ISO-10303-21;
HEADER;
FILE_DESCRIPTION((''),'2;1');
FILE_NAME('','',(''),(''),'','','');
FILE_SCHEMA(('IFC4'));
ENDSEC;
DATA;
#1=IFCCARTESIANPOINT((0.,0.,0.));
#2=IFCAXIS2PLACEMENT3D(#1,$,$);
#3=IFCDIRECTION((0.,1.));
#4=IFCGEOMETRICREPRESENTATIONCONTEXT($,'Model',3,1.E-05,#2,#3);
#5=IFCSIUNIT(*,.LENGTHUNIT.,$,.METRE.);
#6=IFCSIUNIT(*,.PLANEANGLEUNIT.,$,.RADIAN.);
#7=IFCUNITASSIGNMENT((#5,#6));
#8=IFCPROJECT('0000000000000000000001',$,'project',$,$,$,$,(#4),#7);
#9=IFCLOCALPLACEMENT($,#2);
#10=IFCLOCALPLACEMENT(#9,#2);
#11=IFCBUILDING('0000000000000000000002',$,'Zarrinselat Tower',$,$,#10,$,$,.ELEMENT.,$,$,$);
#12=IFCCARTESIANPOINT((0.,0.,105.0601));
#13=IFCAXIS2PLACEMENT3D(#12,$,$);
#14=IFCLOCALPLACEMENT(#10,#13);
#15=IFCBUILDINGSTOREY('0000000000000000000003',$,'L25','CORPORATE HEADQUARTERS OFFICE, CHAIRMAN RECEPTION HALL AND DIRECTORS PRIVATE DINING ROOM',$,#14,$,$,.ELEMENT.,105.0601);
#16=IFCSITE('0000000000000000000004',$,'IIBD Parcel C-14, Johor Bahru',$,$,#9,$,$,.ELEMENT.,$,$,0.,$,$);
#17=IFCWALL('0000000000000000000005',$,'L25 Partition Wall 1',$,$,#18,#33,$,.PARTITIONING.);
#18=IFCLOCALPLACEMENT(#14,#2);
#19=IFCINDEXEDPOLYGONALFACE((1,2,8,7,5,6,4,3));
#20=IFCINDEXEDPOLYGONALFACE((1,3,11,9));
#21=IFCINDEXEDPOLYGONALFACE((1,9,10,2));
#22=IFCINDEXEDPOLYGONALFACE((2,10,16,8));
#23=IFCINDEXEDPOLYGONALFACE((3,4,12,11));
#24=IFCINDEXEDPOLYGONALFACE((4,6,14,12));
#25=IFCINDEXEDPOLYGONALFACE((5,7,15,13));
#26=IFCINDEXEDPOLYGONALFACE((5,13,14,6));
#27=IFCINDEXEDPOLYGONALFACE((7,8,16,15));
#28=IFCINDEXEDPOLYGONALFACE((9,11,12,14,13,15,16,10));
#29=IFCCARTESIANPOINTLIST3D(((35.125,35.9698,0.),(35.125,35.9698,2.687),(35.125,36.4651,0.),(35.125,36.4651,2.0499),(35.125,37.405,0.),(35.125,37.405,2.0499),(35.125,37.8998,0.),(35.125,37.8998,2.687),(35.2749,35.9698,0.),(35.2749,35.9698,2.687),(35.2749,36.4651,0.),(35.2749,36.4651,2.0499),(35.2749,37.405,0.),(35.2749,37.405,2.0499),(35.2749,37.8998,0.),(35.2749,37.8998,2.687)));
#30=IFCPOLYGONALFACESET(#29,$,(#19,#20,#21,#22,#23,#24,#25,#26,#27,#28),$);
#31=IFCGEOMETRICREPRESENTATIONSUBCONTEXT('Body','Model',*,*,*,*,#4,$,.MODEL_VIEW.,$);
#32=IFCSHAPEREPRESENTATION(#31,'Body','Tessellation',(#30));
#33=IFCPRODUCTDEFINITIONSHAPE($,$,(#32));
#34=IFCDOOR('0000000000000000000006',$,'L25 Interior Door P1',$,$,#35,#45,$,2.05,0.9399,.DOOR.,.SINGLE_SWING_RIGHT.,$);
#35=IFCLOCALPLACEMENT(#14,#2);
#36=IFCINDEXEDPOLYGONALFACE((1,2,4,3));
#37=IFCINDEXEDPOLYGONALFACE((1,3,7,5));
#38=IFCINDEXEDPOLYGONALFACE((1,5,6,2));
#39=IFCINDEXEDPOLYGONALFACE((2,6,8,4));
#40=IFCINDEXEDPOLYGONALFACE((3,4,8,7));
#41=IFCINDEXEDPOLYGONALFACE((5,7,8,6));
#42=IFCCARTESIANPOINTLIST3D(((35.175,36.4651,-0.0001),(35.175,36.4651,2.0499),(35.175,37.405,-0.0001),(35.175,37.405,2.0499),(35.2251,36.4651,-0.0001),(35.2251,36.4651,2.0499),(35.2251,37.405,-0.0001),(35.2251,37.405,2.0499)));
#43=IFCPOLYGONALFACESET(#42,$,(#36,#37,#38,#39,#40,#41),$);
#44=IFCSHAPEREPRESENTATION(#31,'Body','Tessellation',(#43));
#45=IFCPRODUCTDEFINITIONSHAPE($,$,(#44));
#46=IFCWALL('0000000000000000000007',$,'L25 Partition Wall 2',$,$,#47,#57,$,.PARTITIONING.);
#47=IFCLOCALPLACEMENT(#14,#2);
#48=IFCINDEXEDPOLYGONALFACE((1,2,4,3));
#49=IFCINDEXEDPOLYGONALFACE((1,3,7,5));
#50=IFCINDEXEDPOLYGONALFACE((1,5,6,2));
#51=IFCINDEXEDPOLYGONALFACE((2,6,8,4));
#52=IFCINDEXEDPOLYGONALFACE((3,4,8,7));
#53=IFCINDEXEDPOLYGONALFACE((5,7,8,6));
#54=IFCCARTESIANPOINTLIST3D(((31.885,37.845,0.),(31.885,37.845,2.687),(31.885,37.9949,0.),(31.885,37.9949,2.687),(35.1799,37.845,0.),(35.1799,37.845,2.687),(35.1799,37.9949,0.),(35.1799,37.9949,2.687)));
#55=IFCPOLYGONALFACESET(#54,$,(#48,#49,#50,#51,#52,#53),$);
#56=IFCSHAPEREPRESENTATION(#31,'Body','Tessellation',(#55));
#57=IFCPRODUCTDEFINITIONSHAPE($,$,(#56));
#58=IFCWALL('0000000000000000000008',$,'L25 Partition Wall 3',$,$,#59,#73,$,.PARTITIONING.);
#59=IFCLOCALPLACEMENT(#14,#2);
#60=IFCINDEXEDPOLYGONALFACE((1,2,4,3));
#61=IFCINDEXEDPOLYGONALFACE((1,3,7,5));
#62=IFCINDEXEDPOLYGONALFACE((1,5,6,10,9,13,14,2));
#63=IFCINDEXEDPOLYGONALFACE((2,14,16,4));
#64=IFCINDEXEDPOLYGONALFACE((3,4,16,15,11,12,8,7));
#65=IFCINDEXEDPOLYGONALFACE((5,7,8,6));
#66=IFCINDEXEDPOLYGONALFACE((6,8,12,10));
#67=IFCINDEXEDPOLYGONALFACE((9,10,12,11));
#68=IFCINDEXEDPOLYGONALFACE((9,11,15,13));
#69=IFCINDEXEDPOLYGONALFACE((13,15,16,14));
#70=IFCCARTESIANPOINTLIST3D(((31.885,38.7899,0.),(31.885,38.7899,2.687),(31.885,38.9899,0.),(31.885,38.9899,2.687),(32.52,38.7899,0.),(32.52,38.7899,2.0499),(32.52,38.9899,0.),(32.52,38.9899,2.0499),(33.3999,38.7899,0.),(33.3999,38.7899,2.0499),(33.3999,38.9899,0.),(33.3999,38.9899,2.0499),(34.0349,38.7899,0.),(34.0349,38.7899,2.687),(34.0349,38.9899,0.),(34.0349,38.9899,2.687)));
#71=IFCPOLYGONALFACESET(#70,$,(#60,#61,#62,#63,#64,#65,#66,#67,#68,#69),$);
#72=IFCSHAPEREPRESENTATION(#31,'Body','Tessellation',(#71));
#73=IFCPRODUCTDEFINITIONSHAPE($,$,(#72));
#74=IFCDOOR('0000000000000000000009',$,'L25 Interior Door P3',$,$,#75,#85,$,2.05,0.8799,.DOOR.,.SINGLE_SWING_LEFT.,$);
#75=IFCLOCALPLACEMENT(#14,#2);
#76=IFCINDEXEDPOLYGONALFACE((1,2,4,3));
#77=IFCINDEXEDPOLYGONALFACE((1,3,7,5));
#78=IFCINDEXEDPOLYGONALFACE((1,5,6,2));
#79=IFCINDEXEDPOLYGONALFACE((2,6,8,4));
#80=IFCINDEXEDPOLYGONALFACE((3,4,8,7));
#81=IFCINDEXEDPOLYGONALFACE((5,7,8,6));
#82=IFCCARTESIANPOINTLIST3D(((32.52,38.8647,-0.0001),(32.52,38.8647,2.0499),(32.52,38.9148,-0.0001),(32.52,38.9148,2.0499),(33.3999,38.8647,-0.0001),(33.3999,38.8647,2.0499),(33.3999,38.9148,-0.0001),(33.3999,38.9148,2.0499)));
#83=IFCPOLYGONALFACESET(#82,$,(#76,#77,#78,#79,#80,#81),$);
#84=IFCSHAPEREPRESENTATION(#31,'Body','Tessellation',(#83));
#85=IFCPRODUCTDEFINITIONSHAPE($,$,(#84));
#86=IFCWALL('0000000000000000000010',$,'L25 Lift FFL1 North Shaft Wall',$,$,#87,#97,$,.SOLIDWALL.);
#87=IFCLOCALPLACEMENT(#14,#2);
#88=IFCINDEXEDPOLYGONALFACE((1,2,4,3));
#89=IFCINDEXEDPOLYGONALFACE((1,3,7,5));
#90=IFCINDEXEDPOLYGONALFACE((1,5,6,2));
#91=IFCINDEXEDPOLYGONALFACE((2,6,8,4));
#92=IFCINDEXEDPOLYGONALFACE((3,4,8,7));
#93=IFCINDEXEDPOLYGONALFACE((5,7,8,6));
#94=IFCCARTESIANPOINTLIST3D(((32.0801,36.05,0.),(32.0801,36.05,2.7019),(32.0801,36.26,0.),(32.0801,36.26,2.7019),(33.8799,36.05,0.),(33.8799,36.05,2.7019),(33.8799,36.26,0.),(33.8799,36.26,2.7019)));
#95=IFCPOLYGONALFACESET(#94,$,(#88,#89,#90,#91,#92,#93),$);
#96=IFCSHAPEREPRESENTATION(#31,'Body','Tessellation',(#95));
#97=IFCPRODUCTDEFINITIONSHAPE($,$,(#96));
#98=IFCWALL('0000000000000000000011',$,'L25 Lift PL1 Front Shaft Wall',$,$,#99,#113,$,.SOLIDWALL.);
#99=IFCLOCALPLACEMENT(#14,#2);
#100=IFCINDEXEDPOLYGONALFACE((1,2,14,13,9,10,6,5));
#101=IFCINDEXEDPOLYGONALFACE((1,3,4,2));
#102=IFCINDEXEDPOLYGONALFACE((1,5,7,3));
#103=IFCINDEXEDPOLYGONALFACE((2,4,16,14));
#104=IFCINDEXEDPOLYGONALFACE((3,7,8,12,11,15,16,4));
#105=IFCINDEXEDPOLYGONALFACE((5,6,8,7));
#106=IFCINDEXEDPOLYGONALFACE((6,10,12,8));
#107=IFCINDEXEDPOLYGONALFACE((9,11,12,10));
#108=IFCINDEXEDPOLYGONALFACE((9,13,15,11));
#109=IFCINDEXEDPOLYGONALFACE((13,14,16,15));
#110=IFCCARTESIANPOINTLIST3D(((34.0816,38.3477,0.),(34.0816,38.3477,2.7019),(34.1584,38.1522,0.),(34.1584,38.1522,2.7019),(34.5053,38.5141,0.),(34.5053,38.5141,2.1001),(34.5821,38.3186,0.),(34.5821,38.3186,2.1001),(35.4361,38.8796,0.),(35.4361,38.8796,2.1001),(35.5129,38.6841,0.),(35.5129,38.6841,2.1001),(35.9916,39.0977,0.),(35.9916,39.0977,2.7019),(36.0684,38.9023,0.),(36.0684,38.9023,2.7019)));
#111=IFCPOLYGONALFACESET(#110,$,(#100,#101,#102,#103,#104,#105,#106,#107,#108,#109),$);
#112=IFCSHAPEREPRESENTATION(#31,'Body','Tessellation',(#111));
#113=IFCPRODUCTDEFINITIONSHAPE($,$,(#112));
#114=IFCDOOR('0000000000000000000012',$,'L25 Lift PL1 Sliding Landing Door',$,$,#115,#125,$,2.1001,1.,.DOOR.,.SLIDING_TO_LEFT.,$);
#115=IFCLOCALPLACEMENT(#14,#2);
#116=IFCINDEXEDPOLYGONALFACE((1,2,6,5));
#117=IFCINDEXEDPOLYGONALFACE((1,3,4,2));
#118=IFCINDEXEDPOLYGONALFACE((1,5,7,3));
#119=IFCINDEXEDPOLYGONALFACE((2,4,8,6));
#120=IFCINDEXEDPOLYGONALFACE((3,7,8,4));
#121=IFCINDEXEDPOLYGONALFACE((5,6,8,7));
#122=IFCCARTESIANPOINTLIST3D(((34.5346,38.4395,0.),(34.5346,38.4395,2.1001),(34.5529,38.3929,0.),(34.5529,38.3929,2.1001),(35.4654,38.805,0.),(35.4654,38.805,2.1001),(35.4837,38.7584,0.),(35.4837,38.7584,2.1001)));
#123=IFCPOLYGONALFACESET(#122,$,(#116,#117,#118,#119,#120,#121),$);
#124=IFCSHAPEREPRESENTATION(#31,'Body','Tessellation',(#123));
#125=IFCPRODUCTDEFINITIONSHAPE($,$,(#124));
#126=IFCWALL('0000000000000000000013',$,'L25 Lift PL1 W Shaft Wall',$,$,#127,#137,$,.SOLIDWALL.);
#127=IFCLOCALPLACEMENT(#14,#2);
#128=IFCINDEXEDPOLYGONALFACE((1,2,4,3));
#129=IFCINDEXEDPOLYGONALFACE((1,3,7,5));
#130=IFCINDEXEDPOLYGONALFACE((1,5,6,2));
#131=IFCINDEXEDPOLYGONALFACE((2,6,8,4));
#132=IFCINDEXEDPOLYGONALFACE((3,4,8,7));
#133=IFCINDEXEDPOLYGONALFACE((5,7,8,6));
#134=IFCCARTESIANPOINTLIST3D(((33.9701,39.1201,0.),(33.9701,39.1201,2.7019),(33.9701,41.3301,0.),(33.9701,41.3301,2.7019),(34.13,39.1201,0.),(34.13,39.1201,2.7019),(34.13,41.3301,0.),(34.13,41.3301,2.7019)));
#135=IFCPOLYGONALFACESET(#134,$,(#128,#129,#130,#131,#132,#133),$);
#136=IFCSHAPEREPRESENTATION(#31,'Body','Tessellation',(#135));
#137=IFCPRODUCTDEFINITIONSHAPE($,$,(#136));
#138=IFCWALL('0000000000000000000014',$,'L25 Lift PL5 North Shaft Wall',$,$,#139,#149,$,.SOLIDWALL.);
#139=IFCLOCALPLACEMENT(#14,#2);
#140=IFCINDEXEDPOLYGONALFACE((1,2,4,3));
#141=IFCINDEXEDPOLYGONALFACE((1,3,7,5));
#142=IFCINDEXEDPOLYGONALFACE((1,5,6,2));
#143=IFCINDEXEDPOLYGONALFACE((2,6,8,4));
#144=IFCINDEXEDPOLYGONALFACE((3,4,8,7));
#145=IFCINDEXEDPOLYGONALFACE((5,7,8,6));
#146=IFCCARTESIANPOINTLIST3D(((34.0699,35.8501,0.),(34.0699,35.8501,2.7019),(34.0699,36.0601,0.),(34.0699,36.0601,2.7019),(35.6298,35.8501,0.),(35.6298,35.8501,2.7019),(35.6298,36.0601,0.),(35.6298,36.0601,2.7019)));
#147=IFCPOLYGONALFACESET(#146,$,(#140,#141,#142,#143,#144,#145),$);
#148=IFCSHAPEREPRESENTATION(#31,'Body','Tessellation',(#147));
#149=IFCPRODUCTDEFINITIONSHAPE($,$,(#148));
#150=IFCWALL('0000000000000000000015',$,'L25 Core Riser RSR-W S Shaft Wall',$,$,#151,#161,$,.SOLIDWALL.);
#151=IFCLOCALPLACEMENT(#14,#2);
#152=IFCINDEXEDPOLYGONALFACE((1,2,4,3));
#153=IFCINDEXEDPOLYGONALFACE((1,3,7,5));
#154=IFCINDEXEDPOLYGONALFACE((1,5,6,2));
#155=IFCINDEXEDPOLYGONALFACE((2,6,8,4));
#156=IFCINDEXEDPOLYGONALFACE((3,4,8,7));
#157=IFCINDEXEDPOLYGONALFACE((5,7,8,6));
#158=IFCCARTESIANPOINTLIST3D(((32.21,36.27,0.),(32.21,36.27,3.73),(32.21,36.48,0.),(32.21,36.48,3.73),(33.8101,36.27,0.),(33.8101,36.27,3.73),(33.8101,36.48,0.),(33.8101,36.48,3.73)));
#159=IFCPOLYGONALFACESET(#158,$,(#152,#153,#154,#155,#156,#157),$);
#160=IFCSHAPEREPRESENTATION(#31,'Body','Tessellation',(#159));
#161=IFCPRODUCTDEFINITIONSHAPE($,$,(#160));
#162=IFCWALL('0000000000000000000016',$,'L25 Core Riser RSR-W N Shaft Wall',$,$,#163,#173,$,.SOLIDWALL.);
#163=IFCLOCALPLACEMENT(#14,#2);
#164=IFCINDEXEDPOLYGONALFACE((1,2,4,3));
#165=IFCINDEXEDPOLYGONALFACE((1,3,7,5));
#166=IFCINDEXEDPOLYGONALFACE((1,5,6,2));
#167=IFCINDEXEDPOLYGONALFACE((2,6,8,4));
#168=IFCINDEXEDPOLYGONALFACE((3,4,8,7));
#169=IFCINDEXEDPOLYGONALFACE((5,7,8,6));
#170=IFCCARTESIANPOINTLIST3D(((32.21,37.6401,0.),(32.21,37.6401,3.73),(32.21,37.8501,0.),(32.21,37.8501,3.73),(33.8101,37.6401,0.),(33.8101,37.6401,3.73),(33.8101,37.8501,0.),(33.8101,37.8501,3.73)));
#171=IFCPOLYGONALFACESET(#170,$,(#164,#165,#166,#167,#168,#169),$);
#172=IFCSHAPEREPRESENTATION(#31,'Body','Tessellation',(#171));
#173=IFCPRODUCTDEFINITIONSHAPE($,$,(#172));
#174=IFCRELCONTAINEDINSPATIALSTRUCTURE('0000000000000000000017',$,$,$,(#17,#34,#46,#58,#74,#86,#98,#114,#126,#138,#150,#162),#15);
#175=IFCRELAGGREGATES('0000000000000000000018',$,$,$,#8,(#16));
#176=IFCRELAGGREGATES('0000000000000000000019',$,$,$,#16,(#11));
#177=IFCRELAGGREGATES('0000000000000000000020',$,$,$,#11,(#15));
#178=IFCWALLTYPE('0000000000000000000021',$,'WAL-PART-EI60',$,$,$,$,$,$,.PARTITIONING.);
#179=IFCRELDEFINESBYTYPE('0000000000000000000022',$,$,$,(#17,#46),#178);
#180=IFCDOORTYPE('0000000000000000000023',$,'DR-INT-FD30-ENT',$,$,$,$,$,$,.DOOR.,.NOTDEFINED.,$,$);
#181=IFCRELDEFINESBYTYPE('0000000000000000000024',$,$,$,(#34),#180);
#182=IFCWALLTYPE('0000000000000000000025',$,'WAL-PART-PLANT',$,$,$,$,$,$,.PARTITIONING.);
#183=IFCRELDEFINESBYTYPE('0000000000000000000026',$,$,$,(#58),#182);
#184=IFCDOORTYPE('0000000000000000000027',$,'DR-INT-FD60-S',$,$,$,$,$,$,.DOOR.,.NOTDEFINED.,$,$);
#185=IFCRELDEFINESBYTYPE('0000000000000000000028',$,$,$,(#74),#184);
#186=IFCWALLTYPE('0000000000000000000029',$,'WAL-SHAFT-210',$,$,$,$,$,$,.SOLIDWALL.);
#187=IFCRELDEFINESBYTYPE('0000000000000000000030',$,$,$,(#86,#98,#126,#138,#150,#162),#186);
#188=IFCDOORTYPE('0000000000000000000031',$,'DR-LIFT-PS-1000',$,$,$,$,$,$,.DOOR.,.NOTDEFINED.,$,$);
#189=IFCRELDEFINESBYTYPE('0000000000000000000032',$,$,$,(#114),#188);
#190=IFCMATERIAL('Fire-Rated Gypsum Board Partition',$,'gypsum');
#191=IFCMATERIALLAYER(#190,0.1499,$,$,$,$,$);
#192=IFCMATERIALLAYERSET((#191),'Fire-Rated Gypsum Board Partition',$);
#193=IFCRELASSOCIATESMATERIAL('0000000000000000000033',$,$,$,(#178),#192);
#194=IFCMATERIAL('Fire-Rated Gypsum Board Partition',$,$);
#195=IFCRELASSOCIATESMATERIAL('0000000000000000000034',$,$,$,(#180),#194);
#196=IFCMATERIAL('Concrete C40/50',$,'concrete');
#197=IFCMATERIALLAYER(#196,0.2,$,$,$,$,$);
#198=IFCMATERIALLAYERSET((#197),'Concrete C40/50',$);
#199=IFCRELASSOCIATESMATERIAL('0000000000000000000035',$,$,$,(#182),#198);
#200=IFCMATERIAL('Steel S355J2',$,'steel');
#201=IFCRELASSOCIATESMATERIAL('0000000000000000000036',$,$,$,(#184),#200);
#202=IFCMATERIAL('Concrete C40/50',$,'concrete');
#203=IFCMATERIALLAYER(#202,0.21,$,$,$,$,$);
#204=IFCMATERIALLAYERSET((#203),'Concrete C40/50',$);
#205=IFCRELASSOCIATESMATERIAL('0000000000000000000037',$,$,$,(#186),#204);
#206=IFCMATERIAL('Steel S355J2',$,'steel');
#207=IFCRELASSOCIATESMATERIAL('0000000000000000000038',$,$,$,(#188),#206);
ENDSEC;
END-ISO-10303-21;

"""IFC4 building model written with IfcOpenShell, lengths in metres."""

from ifc_helpers import new_model, si_unit, direction, frame, frame_2d, origin, place, context, subcontext, project, spatial, rectangle, extrude, material, layer, layer_set, type_object, element, fill, save


model = new_model("IFC4")

# Units and contexts
model_context = context("Model", 3, precision=1e-05, world=origin(), true_north=direction((0.0, 1.0)))
body_context = subcontext(model_context, "Body", "Model", "MODEL_VIEW")
ifc_project = project(units=[si_unit("LENGTHUNIT", "METRE"), si_unit("PLANEANGLEUNIT", "RADIAN")], contexts=[model_context])

# Site, building, storey
site_placement = place(None, origin())
site = spatial("IfcSite", under=ifc_project, at=site_placement, Name="IIBD Parcel C-14, Johor Bahru", CompositionType="ELEMENT", RefElevation=0.0)
building_placement = place(site_placement, origin())
building = spatial("IfcBuilding", under=site, at=building_placement, Name="Zarrinselat Tower", CompositionType="ELEMENT")
storey_placement = place(building_placement, frame((0.0, 0.0, 105.0601)))
storey = spatial("IfcBuildingStorey", under=building, at=storey_placement, Name="L25", Description="CORPORATE HEADQUARTERS OFFICE, CHAIRMAN RECEPTION HALL AND DIRECTORS PRIVATE DINING ROOM", CompositionType="ELEMENT", Elevation=105.0601)

# Wall, opening, door
ifc_material_1 = material(Name="Fire-Rated Gypsum Board Partition", Category="gypsum")
ifc_layer_1 = layer(ifc_material_1, 0.1499)
ifc_layer_set_1 = layer_set([ifc_layer_1], Name="Fire-Rated Gypsum Board Partition")
wall_type_1 = type_object("IfcWallType", Name="WAL-PART-EI60", PredefinedType="PARTITIONING", material=ifc_layer_set_1)
wall_1_placement = place(storey_placement, frame((35.2, 35.97, 0.0), z_axis=(0.0, 0.0, 1.0), x_axis=(0.0, 1.0, 0.0)))
wall_1 = element("IfcWall", 1, at=wall_1_placement, inside=storey, type_object=wall_type_1, Name="L25 Partition Wall 1", PredefinedType="PARTITIONING", context=body_context, shape_type="SweptSolid", body=[
    extrude(rectangle(XDim=1.9299, YDim=0.1499, at=frame_2d((0.9648, 0.0))), origin(), (0.0, 0.0, 1.0), 2.687),
])
opening_1_placement = place(wall_1_placement, frame((0.4951, 0.0, 0.0)))
opening_1 = element("IfcOpeningElement", 2, at=opening_1_placement, cuts=wall_1, PredefinedType="OPENING", context=body_context, shape_type="SweptSolid", body=[
    extrude(rectangle(XDim=0.9399, YDim=2.05, at=frame_2d((0.47, 1.0249))), frame((0.0, 0.085, 0.0), z_axis=(0.0, -1.0, 0.0), x_axis=(1.0, 0.0, 0.0)), (0.0, 0.0, 1.0), 0.1699),
])
ifc_material_2 = material(Name="Fire-Rated Gypsum Board Partition")
door_type_1 = type_object("IfcDoorType", Name="DR-INT-FD30-ENT", OperationType="NOTDEFINED", PredefinedType="DOOR", material=ifc_material_2)
door_1_placement = place(opening_1_placement, origin())
door_1 = element("IfcDoor", 3, at=door_1_placement, inside=storey, type_object=door_type_1, Name="L25 Interior Door P1", OperationType="SINGLE_SWING_RIGHT", OverallHeight=2.05, OverallWidth=0.9399, PredefinedType="DOOR", context=body_context, shape_type="SweptSolid", body=[
    extrude(rectangle(XDim=0.9399, YDim=2.05, at=frame_2d((0.47, 1.0249))), frame((0.0, 0.0249, 0.0), z_axis=(0.0, -1.0, 0.0), x_axis=(1.0, 0.0, 0.0)), (0.0, 0.0, 1.0), 0.05),
])
fill(opening_1, door_1)

# Wall
wall_2_placement = place(storey_placement, frame((31.885, 37.9199, 0.0), z_axis=(0.0, 0.0, 1.0), x_axis=(1.0, 0.0, 0.0)))
element("IfcWall", 4, at=wall_2_placement, inside=storey, type_object=wall_type_1, Name="L25 Partition Wall 2", PredefinedType="PARTITIONING", context=body_context, shape_type="SweptSolid", body=[
    extrude(rectangle(XDim=3.2949, YDim=0.1499, at=frame_2d((1.6475, 0.0))), origin(), (0.0, 0.0, 1.0), 2.687),
])

# Wall, opening, door
ifc_material_3 = material(Name="Concrete C40/50", Category="concrete")
ifc_layer_2 = layer(ifc_material_3, 0.2)
ifc_layer_set_2 = layer_set([ifc_layer_2], Name="Concrete C40/50")
wall_type_2 = type_object("IfcWallType", Name="WAL-PART-PLANT", PredefinedType="PARTITIONING", material=ifc_layer_set_2)
wall_3_placement = place(storey_placement, frame((31.885, 38.8899, 0.0), z_axis=(0.0, 0.0, 1.0), x_axis=(1.0, 0.0, 0.0)))
wall_3 = element("IfcWall", 5, at=wall_3_placement, inside=storey, type_object=wall_type_2, Name="L25 Partition Wall 3", PredefinedType="PARTITIONING", context=body_context, shape_type="SweptSolid", body=[
    extrude(rectangle(XDim=2.1499, YDim=0.2, at=frame_2d((1.075, 0.0))), origin(), (0.0, 0.0, 1.0), 2.687),
])
opening_2_placement = place(wall_3_placement, frame((0.635, 0.0, 0.0)))
opening_2 = element("IfcOpeningElement", 6, at=opening_2_placement, cuts=wall_3, PredefinedType="OPENING", context=body_context, shape_type="SweptSolid", body=[
    extrude(rectangle(XDim=0.8799, YDim=2.05, at=frame_2d((0.4399, 1.0249))), frame((0.0, 0.1099, 0.0), z_axis=(0.0, -1.0, 0.0), x_axis=(1.0, 0.0, 0.0)), (0.0, 0.0, 1.0), 0.22),
])
ifc_material_4 = material(Name="Steel S355J2", Category="steel")
door_type_2 = type_object("IfcDoorType", Name="DR-INT-FD60-S", OperationType="NOTDEFINED", PredefinedType="DOOR", material=ifc_material_4)
door_2_placement = place(opening_2_placement, origin())
door_2 = element("IfcDoor", 7, at=door_2_placement, inside=storey, type_object=door_type_2, Name="L25 Interior Door P3", OperationType="SINGLE_SWING_LEFT", OverallHeight=2.05, OverallWidth=0.8799, PredefinedType="DOOR", context=body_context, shape_type="SweptSolid", body=[
    extrude(rectangle(XDim=0.8799, YDim=2.05, at=frame_2d((0.4399, 1.0249))), frame((0.0, 0.0249, 0.0), z_axis=(0.0, -1.0, 0.0), x_axis=(1.0, 0.0, 0.0)), (0.0, 0.0, 1.0), 0.05),
])
fill(opening_2, door_2)

# Wall
ifc_material_5 = material(Name="Concrete C40/50", Category="concrete")
ifc_layer_3 = layer(ifc_material_5, 0.21)
ifc_layer_set_3 = layer_set([ifc_layer_3], Name="Concrete C40/50")
wall_type_3 = type_object("IfcWallType", Name="WAL-SHAFT-210", PredefinedType="SOLIDWALL", material=ifc_layer_set_3)
wall_4_placement = place(storey_placement, frame((32.0801, 36.155, 0.0), z_axis=(0.0, 0.0, 1.0), x_axis=(1.0, 0.0, 0.0)))
element("IfcWall", 8, at=wall_4_placement, inside=storey, type_object=wall_type_3, Name="L25 Lift FFL1 North Shaft Wall", PredefinedType="SOLIDWALL", context=body_context, shape_type="SweptSolid", body=[
    extrude(rectangle(XDim=1.7998, YDim=0.21, at=frame_2d((0.8999, 0.0))), origin(), (0.0, 0.0, 1.0), 2.7019),
])

# Wall, opening, door
wall_5_placement = place(storey_placement, frame((34.1201, 38.25, 0.0), z_axis=(0.0, 0.0, 1.0), x_axis=(0.930805, 0.365516, 0.0)))
wall_5 = element("IfcWall", 9, at=wall_5_placement, inside=storey, type_object=wall_type_3, Name="L25 Lift PL1 Front Shaft Wall", PredefinedType="SOLIDWALL", context=body_context, shape_type="SweptSolid", body=[
    extrude(rectangle(XDim=2.052, YDim=0.21, at=frame_2d((1.0259, 0.0))), origin(), (0.0, 0.0, 1.0), 2.7019),
])
opening_3_placement = place(wall_5_placement, frame((0.4551, 0.0, 0.0)))
opening_3 = element("IfcOpeningElement", 10, at=opening_3_placement, cuts=wall_5, PredefinedType="OPENING", context=body_context, shape_type="SweptSolid", body=[
    extrude(rectangle(XDim=1.0, YDim=2.1001, at=frame_2d((0.5, 1.05))), frame((0.0, 0.115, 0.0), z_axis=(0.0, -1.0, 0.0), x_axis=(1.0, 0.0, 0.0)), (0.0, 0.0, 1.0), 0.23),
])
ifc_material_6 = material(Name="Steel S355J2", Category="steel")
door_type_3 = type_object("IfcDoorType", Name="DR-LIFT-PS-1000", OperationType="NOTDEFINED", PredefinedType="DOOR", material=ifc_material_6)
door_3_placement = place(opening_3_placement, origin())
door_3 = element("IfcDoor", 11, at=door_3_placement, inside=storey, type_object=door_type_3, Name="L25 Lift PL1 Sliding Landing Door", OperationType="SLIDING_TO_LEFT", OverallHeight=2.1001, OverallWidth=1.0, PredefinedType="DOOR", context=body_context, shape_type="SweptSolid", body=[
    extrude(rectangle(XDim=1.0, YDim=2.1001, at=frame_2d((0.5, 1.05))), frame((0.0, 0.0249, 0.0), z_axis=(0.0, -1.0, 0.0), x_axis=(1.0, 0.0, 0.0)), (0.0, 0.0, 1.0), 0.05),
])
fill(opening_3, door_3)

# Walls
wall_6_placement = place(storey_placement, frame((34.05, 39.1201, 0.0), z_axis=(0.0, 0.0, 1.0), x_axis=(0.0, 1.0, 0.0)))
element("IfcWall", 12, at=wall_6_placement, inside=storey, type_object=wall_type_3, Name="L25 Lift PL1 W Shaft Wall", PredefinedType="SOLIDWALL", context=body_context, shape_type="SweptSolid", body=[
    extrude(rectangle(XDim=2.21, YDim=0.1599, at=frame_2d((1.105, 0.0))), origin(), (0.0, 0.0, 1.0), 2.7019),
])
wall_7_placement = place(storey_placement, frame((34.0701, 35.9551, 0.0), z_axis=(0.0, 0.0, 1.0), x_axis=(1.0, 0.0, 0.0)))
element("IfcWall", 13, at=wall_7_placement, inside=storey, type_object=wall_type_3, Name="L25 Lift PL5 North Shaft Wall", PredefinedType="SOLIDWALL", context=body_context, shape_type="SweptSolid", body=[
    extrude(rectangle(XDim=1.5598, YDim=0.21, at=frame_2d((0.7798, 0.0))), origin(), (0.0, 0.0, 1.0), 2.7019),
])
for number, where, z_axis, x_axis, name in (
    (14, (32.21, 36.375, 0.0), (0.0, 0.0, 1.0), (1.0, 0.0, 0.0), "L25 Core Riser RSR-W S Shaft Wall"),
    (15, (32.21, 37.7451, 0.0), (0.0, 0.0, 1.0), (1.0, 0.0, 0.0), "L25 Core Riser RSR-W N Shaft Wall"),
):
    element("IfcWall", number, at=place(storey_placement, frame(where, z_axis=z_axis, x_axis=x_axis)), inside=storey, type_object=wall_type_3, Name=name, PredefinedType="SOLIDWALL", context=body_context, shape_type="SweptSolid", body=[
        extrude(rectangle(XDim=1.6001, YDim=0.21, at=frame_2d((0.8, 0.0))), origin(), (0.0, 0.0, 1.0), 3.73),
    ])

save(model, "model.ifc")
